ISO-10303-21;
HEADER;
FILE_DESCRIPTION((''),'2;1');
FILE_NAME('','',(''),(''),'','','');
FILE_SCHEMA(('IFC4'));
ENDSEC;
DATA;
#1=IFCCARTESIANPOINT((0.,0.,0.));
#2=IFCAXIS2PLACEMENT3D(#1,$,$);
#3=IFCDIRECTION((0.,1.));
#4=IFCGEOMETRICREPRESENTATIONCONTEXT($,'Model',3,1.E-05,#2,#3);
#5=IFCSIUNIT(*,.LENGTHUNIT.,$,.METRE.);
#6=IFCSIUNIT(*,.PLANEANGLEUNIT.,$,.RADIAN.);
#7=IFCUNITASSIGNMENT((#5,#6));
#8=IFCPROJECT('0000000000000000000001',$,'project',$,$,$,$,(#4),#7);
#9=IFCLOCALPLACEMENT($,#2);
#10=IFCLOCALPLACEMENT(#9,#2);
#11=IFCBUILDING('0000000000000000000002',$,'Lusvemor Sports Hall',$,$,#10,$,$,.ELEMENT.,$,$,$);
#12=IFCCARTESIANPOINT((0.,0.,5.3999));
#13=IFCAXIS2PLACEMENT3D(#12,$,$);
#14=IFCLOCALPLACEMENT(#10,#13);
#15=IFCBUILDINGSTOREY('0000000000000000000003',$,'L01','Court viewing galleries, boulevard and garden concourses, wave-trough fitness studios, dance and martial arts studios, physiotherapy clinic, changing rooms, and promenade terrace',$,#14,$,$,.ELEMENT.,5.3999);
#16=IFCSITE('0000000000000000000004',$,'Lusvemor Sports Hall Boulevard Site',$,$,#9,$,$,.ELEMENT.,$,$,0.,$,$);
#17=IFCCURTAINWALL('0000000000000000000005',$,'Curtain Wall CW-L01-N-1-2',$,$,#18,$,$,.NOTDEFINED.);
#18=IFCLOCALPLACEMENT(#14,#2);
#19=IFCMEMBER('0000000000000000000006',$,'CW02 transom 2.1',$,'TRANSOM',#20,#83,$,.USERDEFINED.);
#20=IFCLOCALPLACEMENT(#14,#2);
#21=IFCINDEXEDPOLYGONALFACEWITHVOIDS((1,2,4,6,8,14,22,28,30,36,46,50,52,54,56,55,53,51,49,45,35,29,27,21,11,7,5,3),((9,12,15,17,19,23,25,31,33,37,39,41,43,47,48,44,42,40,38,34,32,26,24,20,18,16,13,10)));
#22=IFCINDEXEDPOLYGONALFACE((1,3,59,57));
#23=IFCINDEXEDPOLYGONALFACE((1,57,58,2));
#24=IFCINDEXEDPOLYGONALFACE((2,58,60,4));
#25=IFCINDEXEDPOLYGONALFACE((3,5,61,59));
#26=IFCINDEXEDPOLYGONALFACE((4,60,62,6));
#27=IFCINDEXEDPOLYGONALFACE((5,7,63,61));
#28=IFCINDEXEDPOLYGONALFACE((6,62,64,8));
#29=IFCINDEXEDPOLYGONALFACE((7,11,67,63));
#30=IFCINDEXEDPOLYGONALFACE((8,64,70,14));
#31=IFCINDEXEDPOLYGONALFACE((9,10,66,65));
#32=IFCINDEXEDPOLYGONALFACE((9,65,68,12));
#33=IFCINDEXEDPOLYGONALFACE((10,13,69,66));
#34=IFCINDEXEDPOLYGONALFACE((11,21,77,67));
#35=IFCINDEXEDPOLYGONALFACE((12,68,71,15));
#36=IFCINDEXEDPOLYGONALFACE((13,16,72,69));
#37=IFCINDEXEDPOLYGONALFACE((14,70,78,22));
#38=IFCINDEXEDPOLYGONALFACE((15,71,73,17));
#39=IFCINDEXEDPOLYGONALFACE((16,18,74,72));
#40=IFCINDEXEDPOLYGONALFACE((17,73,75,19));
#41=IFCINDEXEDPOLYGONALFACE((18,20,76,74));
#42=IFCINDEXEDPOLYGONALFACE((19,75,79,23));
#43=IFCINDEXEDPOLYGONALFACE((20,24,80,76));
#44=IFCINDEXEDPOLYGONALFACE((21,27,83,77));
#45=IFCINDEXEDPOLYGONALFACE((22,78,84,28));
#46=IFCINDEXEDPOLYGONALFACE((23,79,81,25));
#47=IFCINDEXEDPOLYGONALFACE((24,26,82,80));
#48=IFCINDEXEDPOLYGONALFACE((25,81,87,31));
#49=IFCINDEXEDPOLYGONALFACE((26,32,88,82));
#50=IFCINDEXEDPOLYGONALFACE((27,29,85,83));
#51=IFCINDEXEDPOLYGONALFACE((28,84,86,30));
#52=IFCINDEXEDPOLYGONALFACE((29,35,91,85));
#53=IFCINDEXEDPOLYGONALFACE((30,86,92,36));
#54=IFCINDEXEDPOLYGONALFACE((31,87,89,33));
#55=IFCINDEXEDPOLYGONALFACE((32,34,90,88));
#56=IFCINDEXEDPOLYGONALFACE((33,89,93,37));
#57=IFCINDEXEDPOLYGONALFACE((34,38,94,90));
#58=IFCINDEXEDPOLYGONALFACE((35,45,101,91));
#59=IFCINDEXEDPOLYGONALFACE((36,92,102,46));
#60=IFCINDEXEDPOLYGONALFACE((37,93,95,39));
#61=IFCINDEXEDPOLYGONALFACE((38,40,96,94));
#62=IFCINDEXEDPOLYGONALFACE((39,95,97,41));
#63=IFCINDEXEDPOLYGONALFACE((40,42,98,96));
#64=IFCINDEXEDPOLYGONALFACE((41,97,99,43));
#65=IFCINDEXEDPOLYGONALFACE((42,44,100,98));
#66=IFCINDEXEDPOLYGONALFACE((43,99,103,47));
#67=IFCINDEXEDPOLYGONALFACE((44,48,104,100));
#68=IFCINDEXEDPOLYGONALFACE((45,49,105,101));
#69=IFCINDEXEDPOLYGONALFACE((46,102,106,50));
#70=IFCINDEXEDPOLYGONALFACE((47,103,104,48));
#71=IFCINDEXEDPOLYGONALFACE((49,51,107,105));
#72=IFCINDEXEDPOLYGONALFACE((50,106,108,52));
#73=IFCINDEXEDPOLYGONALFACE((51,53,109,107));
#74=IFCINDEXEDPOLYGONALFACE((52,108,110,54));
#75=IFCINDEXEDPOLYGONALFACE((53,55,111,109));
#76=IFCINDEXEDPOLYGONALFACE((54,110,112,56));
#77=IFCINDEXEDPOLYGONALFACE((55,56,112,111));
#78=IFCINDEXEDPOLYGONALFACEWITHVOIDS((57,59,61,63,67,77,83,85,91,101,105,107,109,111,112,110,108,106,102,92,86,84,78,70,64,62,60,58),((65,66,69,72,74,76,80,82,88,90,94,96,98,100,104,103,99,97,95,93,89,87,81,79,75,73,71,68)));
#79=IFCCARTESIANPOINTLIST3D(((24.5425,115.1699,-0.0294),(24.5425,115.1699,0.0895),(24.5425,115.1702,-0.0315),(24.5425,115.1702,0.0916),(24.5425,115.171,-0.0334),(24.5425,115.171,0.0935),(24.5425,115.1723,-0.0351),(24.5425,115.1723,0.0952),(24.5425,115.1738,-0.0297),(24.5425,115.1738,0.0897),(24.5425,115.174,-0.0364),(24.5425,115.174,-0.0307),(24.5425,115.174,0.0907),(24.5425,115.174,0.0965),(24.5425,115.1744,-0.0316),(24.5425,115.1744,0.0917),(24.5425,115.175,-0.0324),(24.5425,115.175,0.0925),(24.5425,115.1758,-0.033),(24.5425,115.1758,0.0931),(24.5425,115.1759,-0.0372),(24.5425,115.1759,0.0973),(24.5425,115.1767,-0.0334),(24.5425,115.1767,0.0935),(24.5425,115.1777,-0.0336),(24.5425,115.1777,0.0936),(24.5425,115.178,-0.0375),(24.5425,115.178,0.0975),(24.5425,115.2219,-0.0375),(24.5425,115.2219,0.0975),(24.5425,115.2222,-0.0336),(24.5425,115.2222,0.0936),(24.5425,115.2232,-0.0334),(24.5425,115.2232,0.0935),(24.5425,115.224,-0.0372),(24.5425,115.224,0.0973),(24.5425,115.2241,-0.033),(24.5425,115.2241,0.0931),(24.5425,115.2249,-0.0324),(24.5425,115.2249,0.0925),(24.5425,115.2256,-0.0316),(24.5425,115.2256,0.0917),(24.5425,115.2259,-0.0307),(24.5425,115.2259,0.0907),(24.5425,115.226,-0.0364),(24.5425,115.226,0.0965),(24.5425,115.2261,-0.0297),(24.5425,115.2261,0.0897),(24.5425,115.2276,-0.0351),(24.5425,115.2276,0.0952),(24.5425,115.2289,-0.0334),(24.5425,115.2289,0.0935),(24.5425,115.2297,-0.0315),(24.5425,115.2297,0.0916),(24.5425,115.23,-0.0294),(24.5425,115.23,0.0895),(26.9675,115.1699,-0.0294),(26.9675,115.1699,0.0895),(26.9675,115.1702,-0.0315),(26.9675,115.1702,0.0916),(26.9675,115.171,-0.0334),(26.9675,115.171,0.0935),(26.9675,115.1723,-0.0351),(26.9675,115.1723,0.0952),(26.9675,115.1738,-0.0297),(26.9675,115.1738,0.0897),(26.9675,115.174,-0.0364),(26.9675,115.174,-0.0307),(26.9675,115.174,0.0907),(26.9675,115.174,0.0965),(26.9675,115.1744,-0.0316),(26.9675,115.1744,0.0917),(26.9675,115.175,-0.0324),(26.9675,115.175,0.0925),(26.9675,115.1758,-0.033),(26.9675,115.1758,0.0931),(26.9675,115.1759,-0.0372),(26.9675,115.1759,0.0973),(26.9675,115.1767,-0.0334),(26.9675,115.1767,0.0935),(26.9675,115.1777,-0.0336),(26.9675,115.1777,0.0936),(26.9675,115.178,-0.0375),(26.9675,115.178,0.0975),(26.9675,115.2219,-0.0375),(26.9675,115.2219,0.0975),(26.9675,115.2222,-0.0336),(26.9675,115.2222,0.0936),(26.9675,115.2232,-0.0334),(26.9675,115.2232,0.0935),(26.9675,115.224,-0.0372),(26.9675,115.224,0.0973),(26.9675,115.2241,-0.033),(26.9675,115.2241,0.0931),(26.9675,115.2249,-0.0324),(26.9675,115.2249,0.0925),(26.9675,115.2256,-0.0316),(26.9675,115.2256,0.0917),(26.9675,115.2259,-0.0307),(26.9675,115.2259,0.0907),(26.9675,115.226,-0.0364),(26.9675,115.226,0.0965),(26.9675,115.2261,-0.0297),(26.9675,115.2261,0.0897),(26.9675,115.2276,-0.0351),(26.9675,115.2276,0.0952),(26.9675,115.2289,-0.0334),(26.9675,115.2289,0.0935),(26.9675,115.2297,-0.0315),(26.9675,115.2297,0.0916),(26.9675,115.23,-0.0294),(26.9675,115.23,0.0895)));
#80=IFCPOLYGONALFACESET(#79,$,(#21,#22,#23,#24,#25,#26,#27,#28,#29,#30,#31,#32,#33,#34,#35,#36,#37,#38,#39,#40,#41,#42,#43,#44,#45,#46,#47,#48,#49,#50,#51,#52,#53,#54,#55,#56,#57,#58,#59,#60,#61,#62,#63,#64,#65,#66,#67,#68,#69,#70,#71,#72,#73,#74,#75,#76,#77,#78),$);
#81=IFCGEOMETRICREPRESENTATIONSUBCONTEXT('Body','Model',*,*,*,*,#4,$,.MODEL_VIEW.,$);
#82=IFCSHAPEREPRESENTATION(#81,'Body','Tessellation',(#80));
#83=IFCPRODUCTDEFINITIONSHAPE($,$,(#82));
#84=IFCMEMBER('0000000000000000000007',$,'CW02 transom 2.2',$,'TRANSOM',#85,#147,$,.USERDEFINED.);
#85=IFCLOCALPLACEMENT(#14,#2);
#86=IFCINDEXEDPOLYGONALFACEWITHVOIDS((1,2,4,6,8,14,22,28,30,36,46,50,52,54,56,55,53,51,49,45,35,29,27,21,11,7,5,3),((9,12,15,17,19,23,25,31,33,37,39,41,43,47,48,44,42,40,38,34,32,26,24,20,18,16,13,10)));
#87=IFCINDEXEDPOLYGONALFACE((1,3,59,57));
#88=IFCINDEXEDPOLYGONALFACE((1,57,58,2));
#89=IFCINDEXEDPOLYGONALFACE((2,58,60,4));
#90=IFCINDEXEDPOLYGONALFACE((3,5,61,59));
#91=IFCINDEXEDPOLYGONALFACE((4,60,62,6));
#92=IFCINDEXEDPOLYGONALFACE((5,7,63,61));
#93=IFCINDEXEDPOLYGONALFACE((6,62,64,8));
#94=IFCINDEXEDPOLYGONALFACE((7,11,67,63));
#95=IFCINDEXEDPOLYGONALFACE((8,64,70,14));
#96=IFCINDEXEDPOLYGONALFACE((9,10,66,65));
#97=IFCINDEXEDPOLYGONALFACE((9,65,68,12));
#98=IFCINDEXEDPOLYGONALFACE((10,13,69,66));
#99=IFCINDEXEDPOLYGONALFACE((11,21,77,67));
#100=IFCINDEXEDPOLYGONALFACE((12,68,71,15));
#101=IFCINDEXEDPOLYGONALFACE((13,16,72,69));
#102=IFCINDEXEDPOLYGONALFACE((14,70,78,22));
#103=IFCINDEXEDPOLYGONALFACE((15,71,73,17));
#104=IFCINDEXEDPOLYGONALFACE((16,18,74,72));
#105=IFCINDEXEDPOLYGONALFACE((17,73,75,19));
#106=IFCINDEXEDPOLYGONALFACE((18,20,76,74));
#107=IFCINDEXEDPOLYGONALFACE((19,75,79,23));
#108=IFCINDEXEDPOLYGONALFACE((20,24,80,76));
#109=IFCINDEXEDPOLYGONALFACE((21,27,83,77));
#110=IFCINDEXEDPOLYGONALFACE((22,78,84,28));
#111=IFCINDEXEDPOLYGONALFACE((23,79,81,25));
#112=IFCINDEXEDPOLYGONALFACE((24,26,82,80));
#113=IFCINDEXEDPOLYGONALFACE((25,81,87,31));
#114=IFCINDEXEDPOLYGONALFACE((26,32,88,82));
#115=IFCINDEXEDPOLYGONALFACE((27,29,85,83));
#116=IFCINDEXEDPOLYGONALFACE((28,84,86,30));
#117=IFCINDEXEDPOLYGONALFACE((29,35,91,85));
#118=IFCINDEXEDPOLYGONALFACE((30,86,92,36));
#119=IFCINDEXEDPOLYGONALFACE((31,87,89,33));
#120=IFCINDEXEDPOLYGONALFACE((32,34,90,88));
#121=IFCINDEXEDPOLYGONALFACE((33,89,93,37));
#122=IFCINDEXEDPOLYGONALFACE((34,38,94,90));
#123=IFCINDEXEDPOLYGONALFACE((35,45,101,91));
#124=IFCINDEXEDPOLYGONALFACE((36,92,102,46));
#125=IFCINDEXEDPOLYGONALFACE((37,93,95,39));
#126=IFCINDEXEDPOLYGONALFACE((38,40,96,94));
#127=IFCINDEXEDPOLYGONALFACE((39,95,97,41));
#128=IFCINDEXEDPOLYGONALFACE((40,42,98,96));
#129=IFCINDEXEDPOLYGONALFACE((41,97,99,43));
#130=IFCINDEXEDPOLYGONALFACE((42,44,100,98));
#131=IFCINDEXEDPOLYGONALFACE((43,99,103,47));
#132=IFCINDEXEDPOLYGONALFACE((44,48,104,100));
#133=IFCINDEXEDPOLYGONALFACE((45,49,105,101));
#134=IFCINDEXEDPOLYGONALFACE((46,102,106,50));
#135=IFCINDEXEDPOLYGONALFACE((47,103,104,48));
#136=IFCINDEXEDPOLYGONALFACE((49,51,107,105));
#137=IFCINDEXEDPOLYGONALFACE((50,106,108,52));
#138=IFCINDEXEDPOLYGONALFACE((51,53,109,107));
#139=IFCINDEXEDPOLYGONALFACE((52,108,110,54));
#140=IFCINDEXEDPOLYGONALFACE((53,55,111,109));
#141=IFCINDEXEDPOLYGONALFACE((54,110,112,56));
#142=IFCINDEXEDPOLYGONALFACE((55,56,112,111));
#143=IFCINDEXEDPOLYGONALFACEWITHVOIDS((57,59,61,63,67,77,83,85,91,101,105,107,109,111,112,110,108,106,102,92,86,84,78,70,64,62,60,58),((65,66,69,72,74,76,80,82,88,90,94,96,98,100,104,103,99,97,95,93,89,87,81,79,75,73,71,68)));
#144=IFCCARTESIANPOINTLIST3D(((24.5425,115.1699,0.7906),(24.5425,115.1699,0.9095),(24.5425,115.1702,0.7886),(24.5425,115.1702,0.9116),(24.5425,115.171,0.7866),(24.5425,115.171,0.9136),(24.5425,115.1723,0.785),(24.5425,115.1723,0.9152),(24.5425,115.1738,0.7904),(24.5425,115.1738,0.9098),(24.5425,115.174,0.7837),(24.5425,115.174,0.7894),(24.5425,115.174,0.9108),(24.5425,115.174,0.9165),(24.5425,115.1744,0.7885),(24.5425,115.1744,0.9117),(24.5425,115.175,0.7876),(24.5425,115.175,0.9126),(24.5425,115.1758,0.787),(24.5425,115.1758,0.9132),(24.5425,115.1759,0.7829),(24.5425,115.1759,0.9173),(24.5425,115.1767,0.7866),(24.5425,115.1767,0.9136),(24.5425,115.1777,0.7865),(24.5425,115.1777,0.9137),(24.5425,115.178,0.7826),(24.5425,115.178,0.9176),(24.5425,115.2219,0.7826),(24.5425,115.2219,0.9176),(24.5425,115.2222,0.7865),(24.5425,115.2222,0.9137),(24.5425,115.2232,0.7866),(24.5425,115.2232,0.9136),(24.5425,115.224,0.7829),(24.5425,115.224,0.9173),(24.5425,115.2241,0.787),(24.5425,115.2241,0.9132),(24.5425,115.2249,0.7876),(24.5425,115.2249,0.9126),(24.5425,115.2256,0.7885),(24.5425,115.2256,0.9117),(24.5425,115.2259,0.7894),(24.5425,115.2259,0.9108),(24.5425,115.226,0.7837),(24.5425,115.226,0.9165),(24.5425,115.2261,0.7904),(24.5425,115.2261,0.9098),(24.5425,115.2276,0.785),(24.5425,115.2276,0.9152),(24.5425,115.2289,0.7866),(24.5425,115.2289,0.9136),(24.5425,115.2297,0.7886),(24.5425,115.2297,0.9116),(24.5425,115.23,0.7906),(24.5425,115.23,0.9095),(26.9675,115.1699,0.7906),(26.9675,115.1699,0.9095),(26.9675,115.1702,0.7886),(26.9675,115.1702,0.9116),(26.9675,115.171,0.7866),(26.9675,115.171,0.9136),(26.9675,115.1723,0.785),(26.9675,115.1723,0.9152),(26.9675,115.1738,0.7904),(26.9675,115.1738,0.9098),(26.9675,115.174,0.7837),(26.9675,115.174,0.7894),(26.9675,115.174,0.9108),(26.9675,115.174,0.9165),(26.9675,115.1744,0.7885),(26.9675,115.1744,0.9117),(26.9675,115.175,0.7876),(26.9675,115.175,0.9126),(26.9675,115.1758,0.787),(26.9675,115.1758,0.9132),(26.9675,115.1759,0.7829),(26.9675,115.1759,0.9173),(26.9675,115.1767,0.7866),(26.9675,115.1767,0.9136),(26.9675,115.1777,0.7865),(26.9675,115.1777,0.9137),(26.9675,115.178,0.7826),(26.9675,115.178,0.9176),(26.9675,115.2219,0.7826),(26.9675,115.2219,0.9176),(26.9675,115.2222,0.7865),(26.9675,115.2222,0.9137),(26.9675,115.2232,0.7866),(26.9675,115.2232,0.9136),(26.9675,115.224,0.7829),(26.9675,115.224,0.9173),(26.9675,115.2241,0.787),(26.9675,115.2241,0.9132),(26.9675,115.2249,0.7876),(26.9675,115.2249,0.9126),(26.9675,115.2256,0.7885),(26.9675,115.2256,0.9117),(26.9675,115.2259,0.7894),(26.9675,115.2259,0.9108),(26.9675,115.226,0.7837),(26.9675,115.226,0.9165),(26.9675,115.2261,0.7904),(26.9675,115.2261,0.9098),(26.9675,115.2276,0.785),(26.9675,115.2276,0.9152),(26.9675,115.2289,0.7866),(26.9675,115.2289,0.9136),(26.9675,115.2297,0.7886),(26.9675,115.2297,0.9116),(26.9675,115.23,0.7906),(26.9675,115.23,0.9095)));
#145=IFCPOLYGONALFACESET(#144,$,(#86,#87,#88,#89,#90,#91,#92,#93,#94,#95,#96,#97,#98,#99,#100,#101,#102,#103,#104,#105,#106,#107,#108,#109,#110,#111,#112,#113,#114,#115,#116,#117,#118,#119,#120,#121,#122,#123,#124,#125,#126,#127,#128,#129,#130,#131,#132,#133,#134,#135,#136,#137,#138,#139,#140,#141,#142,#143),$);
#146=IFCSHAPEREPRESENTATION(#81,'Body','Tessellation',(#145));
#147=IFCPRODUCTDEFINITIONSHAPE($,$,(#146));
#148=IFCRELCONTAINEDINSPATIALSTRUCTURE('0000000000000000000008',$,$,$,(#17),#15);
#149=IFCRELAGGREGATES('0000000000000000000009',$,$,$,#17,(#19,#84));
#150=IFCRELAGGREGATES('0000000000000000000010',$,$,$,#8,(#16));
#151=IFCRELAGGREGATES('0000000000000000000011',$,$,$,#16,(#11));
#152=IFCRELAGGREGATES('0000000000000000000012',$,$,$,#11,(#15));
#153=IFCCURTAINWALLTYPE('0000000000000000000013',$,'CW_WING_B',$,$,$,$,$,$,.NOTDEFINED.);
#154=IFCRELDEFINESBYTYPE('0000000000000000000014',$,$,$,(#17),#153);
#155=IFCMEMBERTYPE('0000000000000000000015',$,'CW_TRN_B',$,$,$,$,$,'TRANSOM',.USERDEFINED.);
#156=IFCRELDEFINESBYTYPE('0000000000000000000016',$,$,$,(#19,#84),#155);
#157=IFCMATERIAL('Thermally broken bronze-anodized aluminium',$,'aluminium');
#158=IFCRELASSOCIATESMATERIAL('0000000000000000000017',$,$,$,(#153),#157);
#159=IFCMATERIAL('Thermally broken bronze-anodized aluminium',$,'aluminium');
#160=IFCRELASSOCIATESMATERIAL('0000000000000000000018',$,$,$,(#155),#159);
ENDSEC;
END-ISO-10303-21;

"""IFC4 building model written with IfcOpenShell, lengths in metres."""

from ifc_helpers import new_model, si_unit, direction, frame, origin, origin_2d, place, context, subcontext, project, spatial, hollow_rectangle, extrude, material, material_profile, profile_set, type_object, element, aggregate, save


model = new_model("IFC4")

# Units and contexts
model_context = context("Model", 3, precision=1e-05, world=origin(), true_north=direction((0.0, 1.0)))
body_context = subcontext(model_context, "Body", "Model", "MODEL_VIEW")
ifc_project = project(units=[si_unit("LENGTHUNIT", "METRE"), si_unit("PLANEANGLEUNIT", "RADIAN")], contexts=[model_context])

# Site, building, storey
site_placement = place(None, origin())
site = spatial("IfcSite", under=ifc_project, at=site_placement, Name="Lusvemor Sports Hall Boulevard Site", CompositionType="ELEMENT", RefElevation=0.0)
building_placement = place(site_placement, origin())
building = spatial("IfcBuilding", under=site, at=building_placement, Name="Lusvemor Sports Hall", CompositionType="ELEMENT")
storey_placement = place(building_placement, frame((0.0, 0.0, 5.3999)))
storey = spatial("IfcBuildingStorey", under=building, at=storey_placement, Name="L01", Description="Court viewing galleries, boulevard and garden concourses, wave-trough fitness studios, dance and martial arts studios, physiotherapy clinic, changing rooms, and promenade terrace", CompositionType="ELEMENT", Elevation=5.3999)

# Curtain wall
ifc_material_1 = material(Name="Thermally broken bronze-anodized aluminium", Category="aluminium")
curtain_wall_type_1 = type_object("IfcCurtainWallType", Name="CW_WING_B", PredefinedType="NOTDEFINED", material=ifc_material_1)
curtain_wall_1_placement = place(storey_placement, origin())
curtain_wall_1 = element("IfcCurtainWall", 1, at=curtain_wall_1_placement, inside=storey, type_object=curtain_wall_type_1, Name="Curtain Wall CW-L01-N-1-2", PredefinedType="NOTDEFINED")

# Members
ifc_material_2 = material(Name="Thermally broken bronze-anodized aluminium", Category="aluminium")
ifc_material_profile_1 = material_profile(ifc_material_2, hollow_rectangle(XDim=0.0601, YDim=0.135, WallThickness=0.0039, InnerFilletRadius=0.0039, OuterFilletRadius=0.0081, at=origin_2d()), Name="CWTRN135x60x4")
ifc_profile_set_1 = profile_set([ifc_material_profile_1], Name="Thermally broken bronze-anodized aluminium")
member_type_1 = type_object("IfcMemberType", Name="CW_TRN_B", ElementType="TRANSOM", PredefinedType="USERDEFINED", material=ifc_profile_set_1)
member_1_placement = place(storey_placement, frame((24.5425, 115.2, 0.03), z_axis=(1.0, 0.0, 0.0), x_axis=(0.0, 1.0, 0.0)))
member_1 = element("IfcMember", 2, at=member_1_placement, type_object=member_type_1, Name="CW02 transom 2.1", ObjectType="TRANSOM", PredefinedType="USERDEFINED", context=body_context, shape_type="SweptSolid", body=[
    extrude(hollow_rectangle(XDim=0.0601, YDim=0.135, WallThickness=0.0039, InnerFilletRadius=0.0039, OuterFilletRadius=0.0081, at=origin_2d()), origin(), (0.0, 0.0, 1.0), 2.425),
])
member_2_placement = place(storey_placement, frame((24.5425, 115.2, 0.8501), z_axis=(1.0, 0.0, 0.0), x_axis=(0.0, 1.0, 0.0)))
member_2 = element("IfcMember", 3, at=member_2_placement, type_object=member_type_1, Name="CW02 transom 2.2", ObjectType="TRANSOM", PredefinedType="USERDEFINED", context=body_context, shape_type="SweptSolid", body=[
    extrude(hollow_rectangle(XDim=0.0601, YDim=0.135, WallThickness=0.0039, InnerFilletRadius=0.0039, OuterFilletRadius=0.0081, at=origin_2d()), origin(), (0.0, 0.0, 1.0), 2.425),
])

aggregate(curtain_wall_1, [member_1, member_2])

save(model, "model.ifc")
